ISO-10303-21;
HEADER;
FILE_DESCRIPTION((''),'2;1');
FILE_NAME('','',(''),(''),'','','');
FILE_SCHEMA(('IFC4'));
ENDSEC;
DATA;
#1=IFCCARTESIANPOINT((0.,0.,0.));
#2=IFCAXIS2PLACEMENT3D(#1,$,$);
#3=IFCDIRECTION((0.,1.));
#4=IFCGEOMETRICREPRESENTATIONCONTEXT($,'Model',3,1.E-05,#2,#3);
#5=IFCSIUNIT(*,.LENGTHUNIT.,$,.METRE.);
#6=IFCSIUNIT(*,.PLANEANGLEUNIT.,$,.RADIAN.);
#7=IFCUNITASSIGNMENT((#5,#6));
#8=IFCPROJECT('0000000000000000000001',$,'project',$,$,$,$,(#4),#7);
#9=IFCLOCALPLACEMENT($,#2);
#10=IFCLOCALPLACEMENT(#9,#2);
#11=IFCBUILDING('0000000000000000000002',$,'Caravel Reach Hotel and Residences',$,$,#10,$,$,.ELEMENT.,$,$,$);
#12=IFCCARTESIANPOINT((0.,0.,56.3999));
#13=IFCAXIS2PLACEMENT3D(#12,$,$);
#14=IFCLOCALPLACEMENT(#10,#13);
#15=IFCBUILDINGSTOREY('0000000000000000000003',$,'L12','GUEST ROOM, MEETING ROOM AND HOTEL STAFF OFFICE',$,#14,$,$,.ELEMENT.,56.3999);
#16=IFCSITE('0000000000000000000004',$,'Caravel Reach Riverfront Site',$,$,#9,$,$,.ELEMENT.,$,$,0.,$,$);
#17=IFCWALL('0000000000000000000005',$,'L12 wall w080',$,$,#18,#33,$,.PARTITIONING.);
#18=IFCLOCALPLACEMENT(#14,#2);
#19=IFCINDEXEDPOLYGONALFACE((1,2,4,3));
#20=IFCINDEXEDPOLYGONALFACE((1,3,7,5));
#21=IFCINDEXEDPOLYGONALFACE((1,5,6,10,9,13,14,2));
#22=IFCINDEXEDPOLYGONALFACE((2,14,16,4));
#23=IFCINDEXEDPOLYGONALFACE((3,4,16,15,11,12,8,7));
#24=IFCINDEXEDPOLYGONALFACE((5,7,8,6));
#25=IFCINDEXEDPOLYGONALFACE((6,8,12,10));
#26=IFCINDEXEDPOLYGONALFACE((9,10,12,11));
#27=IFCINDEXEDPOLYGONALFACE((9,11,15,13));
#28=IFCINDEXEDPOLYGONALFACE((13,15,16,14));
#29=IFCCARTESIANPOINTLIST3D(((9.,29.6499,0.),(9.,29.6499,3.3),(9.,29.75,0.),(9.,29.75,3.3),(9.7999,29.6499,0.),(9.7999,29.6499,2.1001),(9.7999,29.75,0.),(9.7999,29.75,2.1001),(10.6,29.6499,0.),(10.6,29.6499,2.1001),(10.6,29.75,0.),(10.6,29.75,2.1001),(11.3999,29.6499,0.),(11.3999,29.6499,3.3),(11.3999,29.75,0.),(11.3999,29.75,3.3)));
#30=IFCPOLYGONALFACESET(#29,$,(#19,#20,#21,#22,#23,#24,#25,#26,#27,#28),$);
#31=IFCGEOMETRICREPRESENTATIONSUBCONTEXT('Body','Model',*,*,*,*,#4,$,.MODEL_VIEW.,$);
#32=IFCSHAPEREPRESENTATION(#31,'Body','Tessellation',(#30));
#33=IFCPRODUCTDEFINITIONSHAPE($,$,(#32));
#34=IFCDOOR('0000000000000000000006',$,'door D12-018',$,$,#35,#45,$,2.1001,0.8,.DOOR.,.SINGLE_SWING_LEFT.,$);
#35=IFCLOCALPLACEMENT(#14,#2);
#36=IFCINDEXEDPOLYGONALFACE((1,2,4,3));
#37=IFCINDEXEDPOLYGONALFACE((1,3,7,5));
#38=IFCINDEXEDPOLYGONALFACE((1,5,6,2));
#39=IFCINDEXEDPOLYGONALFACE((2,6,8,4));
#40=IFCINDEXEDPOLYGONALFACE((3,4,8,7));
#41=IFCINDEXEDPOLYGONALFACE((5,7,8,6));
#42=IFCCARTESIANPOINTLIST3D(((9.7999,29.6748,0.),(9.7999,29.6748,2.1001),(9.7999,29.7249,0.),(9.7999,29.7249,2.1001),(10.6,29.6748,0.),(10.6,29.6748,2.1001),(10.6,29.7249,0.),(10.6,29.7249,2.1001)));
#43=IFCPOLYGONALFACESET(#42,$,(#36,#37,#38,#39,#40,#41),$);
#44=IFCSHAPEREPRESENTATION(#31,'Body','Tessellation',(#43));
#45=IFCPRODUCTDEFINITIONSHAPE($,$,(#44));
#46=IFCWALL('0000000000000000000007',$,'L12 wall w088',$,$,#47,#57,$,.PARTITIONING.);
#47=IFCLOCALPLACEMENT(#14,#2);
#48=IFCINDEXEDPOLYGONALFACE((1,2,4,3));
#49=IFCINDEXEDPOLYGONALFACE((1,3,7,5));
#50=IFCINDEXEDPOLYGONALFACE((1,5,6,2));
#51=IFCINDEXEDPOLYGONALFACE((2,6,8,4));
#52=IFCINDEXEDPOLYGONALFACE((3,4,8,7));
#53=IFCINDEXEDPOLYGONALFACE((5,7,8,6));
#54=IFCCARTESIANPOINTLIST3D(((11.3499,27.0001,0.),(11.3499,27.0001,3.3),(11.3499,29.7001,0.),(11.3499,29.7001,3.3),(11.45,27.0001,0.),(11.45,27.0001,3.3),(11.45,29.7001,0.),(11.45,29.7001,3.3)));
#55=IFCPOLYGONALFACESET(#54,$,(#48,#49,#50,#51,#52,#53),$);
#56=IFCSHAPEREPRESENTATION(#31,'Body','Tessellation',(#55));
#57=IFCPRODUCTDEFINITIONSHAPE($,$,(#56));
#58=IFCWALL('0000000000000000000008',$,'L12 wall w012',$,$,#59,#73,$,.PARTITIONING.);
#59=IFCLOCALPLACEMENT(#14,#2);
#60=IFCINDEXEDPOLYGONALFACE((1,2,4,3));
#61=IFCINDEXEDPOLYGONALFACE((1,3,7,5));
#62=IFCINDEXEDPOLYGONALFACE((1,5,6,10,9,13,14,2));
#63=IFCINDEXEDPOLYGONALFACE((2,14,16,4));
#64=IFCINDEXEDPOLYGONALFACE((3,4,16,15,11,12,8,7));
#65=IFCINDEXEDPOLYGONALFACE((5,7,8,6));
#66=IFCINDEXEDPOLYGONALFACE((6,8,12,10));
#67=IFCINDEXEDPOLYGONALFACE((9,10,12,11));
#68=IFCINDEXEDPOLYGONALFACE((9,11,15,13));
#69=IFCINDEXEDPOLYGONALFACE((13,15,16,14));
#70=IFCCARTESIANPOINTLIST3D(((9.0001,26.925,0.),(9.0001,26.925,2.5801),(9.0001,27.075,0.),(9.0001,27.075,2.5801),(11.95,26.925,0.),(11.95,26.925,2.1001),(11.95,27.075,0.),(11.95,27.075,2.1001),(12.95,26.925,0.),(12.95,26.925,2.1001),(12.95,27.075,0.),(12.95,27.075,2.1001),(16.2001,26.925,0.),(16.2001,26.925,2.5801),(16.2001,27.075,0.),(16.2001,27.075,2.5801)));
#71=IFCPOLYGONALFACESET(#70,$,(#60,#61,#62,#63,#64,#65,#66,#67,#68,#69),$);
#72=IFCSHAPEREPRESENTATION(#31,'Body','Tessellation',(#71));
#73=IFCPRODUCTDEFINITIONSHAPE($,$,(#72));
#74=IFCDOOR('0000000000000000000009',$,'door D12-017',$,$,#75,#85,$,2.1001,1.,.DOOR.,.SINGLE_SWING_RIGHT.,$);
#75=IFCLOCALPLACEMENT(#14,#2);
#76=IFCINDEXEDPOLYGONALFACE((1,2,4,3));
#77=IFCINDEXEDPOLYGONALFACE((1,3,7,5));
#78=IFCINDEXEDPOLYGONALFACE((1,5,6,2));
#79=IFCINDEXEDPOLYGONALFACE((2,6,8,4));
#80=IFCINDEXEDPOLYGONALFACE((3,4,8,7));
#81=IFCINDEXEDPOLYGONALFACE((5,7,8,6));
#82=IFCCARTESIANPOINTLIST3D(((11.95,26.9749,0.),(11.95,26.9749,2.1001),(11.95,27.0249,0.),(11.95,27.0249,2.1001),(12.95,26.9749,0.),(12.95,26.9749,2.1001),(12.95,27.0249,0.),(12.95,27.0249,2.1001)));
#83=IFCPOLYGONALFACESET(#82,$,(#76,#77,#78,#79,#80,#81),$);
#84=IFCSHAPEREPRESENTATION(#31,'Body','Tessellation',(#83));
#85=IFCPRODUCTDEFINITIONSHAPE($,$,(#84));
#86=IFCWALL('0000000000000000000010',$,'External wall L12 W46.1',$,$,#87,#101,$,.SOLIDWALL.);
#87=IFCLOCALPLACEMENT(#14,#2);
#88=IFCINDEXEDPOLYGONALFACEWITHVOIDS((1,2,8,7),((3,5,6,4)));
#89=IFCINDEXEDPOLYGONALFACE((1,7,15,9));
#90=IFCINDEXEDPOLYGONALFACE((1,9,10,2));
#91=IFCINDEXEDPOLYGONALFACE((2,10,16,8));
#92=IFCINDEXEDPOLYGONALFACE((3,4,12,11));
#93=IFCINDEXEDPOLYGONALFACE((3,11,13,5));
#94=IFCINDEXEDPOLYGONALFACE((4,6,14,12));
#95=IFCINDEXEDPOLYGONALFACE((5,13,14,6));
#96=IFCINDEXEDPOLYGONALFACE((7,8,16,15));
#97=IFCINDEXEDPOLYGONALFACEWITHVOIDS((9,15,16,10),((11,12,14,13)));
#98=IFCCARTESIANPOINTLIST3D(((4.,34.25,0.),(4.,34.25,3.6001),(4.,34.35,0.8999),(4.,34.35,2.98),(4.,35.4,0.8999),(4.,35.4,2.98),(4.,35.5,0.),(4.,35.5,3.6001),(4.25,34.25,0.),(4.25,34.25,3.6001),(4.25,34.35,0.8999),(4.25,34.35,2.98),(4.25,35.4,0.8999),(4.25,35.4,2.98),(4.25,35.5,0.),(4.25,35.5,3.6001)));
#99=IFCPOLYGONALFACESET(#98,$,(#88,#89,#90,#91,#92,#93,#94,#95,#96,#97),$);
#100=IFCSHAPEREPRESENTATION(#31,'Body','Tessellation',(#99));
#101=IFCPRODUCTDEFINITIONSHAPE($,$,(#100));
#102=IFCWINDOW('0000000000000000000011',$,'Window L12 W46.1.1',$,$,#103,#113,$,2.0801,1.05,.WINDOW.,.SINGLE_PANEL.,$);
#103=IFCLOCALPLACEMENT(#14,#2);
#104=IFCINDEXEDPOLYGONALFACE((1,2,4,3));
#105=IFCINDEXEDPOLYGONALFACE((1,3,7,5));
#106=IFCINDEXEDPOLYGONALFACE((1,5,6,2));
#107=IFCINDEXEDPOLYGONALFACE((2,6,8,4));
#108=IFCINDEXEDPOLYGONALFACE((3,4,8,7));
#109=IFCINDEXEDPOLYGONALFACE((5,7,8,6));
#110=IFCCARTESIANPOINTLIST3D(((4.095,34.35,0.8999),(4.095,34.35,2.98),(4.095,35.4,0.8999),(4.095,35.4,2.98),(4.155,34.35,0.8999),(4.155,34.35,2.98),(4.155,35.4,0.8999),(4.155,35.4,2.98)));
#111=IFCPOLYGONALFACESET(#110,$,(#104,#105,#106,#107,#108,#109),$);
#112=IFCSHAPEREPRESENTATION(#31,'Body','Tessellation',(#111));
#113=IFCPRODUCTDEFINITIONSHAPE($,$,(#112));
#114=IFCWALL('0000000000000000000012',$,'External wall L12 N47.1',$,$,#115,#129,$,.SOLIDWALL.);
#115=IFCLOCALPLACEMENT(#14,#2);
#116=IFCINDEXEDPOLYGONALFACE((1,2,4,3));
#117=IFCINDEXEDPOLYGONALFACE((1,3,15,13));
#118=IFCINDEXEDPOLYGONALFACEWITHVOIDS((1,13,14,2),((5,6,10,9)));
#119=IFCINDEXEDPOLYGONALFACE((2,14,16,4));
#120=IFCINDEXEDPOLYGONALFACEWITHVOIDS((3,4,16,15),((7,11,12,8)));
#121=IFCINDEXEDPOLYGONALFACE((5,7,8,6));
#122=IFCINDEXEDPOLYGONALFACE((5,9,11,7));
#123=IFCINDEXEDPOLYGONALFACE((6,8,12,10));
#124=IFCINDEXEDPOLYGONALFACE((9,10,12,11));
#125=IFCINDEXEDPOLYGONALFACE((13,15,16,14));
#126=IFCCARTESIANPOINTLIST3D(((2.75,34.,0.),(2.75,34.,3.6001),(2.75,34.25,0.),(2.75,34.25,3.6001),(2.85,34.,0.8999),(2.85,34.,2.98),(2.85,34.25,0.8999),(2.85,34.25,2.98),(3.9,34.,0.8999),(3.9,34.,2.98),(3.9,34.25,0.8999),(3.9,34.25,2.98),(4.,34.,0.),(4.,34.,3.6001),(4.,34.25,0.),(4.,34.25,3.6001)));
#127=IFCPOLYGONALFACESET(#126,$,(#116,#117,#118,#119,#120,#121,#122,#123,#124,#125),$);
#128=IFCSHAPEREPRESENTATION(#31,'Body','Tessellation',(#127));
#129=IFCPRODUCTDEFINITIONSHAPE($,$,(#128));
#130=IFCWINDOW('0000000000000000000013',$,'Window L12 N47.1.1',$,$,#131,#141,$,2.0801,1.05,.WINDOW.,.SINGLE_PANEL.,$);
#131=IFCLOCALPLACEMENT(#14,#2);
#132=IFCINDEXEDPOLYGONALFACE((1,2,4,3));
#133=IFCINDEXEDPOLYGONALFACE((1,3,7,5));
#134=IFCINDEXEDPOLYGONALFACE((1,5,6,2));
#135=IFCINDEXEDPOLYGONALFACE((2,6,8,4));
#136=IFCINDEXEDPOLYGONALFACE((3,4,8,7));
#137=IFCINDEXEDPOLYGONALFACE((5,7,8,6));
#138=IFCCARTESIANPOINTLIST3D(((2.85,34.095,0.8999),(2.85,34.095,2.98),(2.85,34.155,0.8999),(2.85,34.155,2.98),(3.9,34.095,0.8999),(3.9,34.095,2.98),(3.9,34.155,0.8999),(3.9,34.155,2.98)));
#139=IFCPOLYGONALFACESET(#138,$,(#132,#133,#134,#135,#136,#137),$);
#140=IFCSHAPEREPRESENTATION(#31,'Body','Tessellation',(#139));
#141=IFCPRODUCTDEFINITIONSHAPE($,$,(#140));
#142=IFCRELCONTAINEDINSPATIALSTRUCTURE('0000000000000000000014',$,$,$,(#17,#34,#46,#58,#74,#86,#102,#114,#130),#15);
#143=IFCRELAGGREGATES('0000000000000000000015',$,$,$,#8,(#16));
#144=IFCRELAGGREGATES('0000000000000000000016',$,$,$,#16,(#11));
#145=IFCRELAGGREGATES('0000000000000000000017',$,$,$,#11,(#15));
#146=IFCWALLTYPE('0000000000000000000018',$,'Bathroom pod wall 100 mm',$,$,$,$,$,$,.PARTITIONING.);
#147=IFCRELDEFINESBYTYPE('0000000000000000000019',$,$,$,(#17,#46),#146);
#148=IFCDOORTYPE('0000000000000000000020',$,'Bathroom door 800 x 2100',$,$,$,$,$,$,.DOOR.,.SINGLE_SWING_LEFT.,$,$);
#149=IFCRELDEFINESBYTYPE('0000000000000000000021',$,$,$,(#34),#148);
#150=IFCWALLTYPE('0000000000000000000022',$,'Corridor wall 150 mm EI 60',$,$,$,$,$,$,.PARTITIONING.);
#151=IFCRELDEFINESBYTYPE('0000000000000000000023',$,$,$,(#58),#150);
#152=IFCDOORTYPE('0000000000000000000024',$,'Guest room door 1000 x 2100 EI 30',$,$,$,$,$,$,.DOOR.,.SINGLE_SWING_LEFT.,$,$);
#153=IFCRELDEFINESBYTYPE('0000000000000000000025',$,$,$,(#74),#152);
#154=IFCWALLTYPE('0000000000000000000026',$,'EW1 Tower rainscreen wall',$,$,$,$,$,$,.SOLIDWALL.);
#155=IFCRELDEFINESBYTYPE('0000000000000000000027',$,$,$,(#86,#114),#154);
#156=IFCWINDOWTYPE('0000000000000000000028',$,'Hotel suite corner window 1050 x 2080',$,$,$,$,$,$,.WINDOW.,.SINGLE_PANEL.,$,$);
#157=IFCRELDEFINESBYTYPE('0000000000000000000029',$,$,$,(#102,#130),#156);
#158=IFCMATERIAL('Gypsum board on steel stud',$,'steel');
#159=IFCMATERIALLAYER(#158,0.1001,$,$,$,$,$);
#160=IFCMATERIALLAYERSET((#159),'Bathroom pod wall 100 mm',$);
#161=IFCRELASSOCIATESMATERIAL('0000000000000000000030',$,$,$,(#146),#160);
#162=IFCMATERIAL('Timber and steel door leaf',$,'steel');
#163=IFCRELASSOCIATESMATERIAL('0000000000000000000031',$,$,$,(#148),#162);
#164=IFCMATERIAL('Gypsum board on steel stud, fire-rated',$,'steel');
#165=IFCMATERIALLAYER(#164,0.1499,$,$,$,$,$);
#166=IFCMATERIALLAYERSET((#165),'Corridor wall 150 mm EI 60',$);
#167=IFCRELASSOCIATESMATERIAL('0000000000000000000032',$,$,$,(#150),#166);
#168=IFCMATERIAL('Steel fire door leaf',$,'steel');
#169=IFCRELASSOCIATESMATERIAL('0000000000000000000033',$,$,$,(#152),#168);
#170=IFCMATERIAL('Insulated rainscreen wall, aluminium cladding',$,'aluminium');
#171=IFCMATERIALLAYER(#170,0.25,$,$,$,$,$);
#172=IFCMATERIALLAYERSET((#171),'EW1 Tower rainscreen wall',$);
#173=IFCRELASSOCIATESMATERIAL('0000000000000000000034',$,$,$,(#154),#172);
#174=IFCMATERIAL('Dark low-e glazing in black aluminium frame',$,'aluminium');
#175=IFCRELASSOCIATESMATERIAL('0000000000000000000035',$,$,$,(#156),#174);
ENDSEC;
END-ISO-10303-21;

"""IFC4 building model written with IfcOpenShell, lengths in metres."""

from ifc_helpers import new_model, si_unit, direction, frame, frame_2d, origin, place, context, subcontext, project, spatial, rectangle, extrude, material, layer, layer_set, type_object, element, fill, save


model = new_model("IFC4")

# Units and contexts
model_context = context("Model", 3, precision=1e-05, world=origin(), true_north=direction((0.0, 1.0)))
body_context = subcontext(model_context, "Body", "Model", "MODEL_VIEW")
ifc_project = project(units=[si_unit("LENGTHUNIT", "METRE"), si_unit("PLANEANGLEUNIT", "RADIAN")], contexts=[model_context])

# Site, building, storey
site_placement = place(None, origin())
site = spatial("IfcSite", under=ifc_project, at=site_placement, Name="Caravel Reach Riverfront Site", CompositionType="ELEMENT", RefElevation=0.0)
building_placement = place(site_placement, origin())
building = spatial("IfcBuilding", under=site, at=building_placement, Name="Caravel Reach Hotel and Residences", CompositionType="ELEMENT")
storey_placement = place(building_placement, frame((0.0, 0.0, 56.3999)))
storey = spatial("IfcBuildingStorey", under=building, at=storey_placement, Name="L12", Description="GUEST ROOM, MEETING ROOM AND HOTEL STAFF OFFICE", CompositionType="ELEMENT", Elevation=56.3999)

# Wall, opening, door
ifc_material_1 = material(Name="Gypsum board on steel stud", Category="steel")
ifc_layer_1 = layer(ifc_material_1, 0.1001)
ifc_layer_set_1 = layer_set([ifc_layer_1], Name="Bathroom pod wall 100 mm")
wall_type_1 = type_object("IfcWallType", Name="Bathroom pod wall 100 mm", PredefinedType="PARTITIONING", material=ifc_layer_set_1)
wall_1_placement = place(storey_placement, frame((9.0, 29.7, 0.0), z_axis=(0.0, 0.0, 1.0), x_axis=(1.0, 0.0, 0.0)))
wall_1 = element("IfcWall", 1, at=wall_1_placement, inside=storey, type_object=wall_type_1, Name="L12 wall w080", PredefinedType="PARTITIONING", context=body_context, shape_type="SweptSolid", body=[
    extrude(rectangle(XDim=2.3999, YDim=0.1001, at=frame_2d((1.2, 0.0))), origin(), (0.0, 0.0, 1.0), 3.3),
])
opening_1_placement = place(wall_1_placement, frame((0.8, 0.0, 0.0)))
opening_1 = element("IfcOpeningElement", 2, at=opening_1_placement, cuts=wall_1, PredefinedType="OPENING", context=body_context, shape_type="SweptSolid", body=[
    extrude(rectangle(XDim=0.8, YDim=2.1001, at=frame_2d((0.3999, 1.05))), frame((0.0, 0.0601, 0.0), z_axis=(0.0, -1.0, 0.0), x_axis=(1.0, 0.0, 0.0)), (0.0, 0.0, 1.0), 0.1201),
])
ifc_material_2 = material(Name="Timber and steel door leaf", Category="steel")
door_type_1 = type_object("IfcDoorType", Name="Bathroom door 800 x 2100", OperationType="SINGLE_SWING_LEFT", PredefinedType="DOOR", material=ifc_material_2)
door_1_placement = place(opening_1_placement, origin())
door_1 = element("IfcDoor", 3, at=door_1_placement, inside=storey, type_object=door_type_1, Name="door D12-018", OperationType="SINGLE_SWING_LEFT", OverallHeight=2.1001, OverallWidth=0.8, PredefinedType="DOOR", context=body_context, shape_type="SweptSolid", body=[
    extrude(rectangle(XDim=0.8, YDim=2.1001, at=frame_2d((0.3999, 1.05))), frame((0.0, 0.0249, 0.0), z_axis=(0.0, -1.0, 0.0), x_axis=(1.0, 0.0, 0.0)), (0.0, 0.0, 1.0), 0.05),
])
fill(opening_1, door_1)

# Wall
wall_2_placement = place(storey_placement, frame((11.3999, 27.0, 0.0), z_axis=(0.0, 0.0, 1.0), x_axis=(0.0, 1.0, 0.0)))
element("IfcWall", 4, at=wall_2_placement, inside=storey, type_object=wall_type_1, Name="L12 wall w088", PredefinedType="PARTITIONING", context=body_context, shape_type="SweptSolid", body=[
    extrude(rectangle(XDim=2.7, YDim=0.1001, at=frame_2d((1.3501, 0.0))), origin(), (0.0, 0.0, 1.0), 3.3),
])

# Wall, opening, door
ifc_material_3 = material(Name="Gypsum board on steel stud, fire-rated", Category="steel")
ifc_layer_2 = layer(ifc_material_3, 0.1499)
ifc_layer_set_2 = layer_set([ifc_layer_2], Name="Corridor wall 150 mm EI 60")
wall_type_2 = type_object("IfcWallType", Name="Corridor wall 150 mm EI 60", PredefinedType="PARTITIONING", material=ifc_layer_set_2)
wall_3_placement = place(storey_placement, frame((9.0, 27.0, 0.0), z_axis=(0.0, 0.0, 1.0), x_axis=(1.0, 0.0, 0.0)))
wall_3 = element("IfcWall", 5, at=wall_3_placement, inside=storey, type_object=wall_type_2, Name="L12 wall w012", PredefinedType="PARTITIONING", context=body_context, shape_type="SweptSolid", body=[
    extrude(rectangle(XDim=7.2, YDim=0.1499, at=frame_2d((3.6001, 0.0))), origin(), (0.0, 0.0, 1.0), 2.5801),
])
opening_2_placement = place(wall_3_placement, frame((2.95, 0.0, 0.0)))
opening_2 = element("IfcOpeningElement", 6, at=opening_2_placement, cuts=wall_3, PredefinedType="OPENING", context=body_context, shape_type="SweptSolid", body=[
    extrude(rectangle(XDim=1.0, YDim=2.1001, at=frame_2d((0.5, 1.05))), frame((0.0, 0.085, 0.0), z_axis=(0.0, -1.0, 0.0), x_axis=(1.0, 0.0, 0.0)), (0.0, 0.0, 1.0), 0.1699),
])
ifc_material_4 = material(Name="Steel fire door leaf", Category="steel")
door_type_2 = type_object("IfcDoorType", Name="Guest room door 1000 x 2100 EI 30", OperationType="SINGLE_SWING_LEFT", PredefinedType="DOOR", material=ifc_material_4)
door_2_placement = place(opening_2_placement, origin())
door_2 = element("IfcDoor", 7, at=door_2_placement, inside=storey, type_object=door_type_2, Name="door D12-017", OperationType="SINGLE_SWING_RIGHT", OverallHeight=2.1001, OverallWidth=1.0, PredefinedType="DOOR", context=body_context, shape_type="SweptSolid", body=[
    extrude(rectangle(XDim=1.0, YDim=2.1001, at=frame_2d((0.5, 1.05))), frame((0.0, 0.0249, 0.0), z_axis=(0.0, -1.0, 0.0), x_axis=(1.0, 0.0, 0.0)), (0.0, 0.0, 1.0), 0.05),
])
fill(opening_2, door_2)

# Walls, openings, windows
ifc_material_5 = material(Name="Insulated rainscreen wall, aluminium cladding", Category="aluminium")
ifc_layer_3 = layer(ifc_material_5, 0.25)
ifc_layer_set_3 = layer_set([ifc_layer_3], Name="EW1 Tower rainscreen wall")
wall_type_3 = type_object("IfcWallType", Name="EW1 Tower rainscreen wall", PredefinedType="SOLIDWALL", material=ifc_layer_set_3)
wall_4_placement = place(storey_placement, frame((4.125, 35.5, 0.0), z_axis=(0.0, 0.0, 1.0), x_axis=(0.0, -1.0, 0.0)))
wall_4 = element("IfcWall", 8, at=wall_4_placement, inside=storey, type_object=wall_type_3, Name="External wall L12 W46.1", PredefinedType="SOLIDWALL", context=body_context, shape_type="SweptSolid", body=[
    extrude(rectangle(XDim=1.25, YDim=0.25, at=frame_2d((0.625, 0.0))), origin(), (0.0, 0.0, 1.0), 3.6001),
])
opening_3_placement = place(wall_4_placement, frame((0.1001, 0.0, 0.8999)))
opening_3 = element("IfcOpeningElement", 9, at=opening_3_placement, cuts=wall_4, PredefinedType="OPENING", context=body_context, shape_type="SweptSolid", body=[
    extrude(rectangle(XDim=1.05, YDim=2.0801, at=frame_2d((0.5249, 1.04))), frame((0.0, 0.135, 0.0), z_axis=(0.0, -1.0, 0.0), x_axis=(1.0, 0.0, 0.0)), (0.0, 0.0, 1.0), 0.27),
])
ifc_material_6 = material(Name="Dark low-e glazing in black aluminium frame", Category="aluminium")
window_type_1 = type_object("IfcWindowType", Name="Hotel suite corner window 1050 x 2080", PartitioningType="SINGLE_PANEL", PredefinedType="WINDOW", material=ifc_material_6)
window_1_placement = place(opening_3_placement, origin())
window_1 = element("IfcWindow", 10, at=window_1_placement, inside=storey, type_object=window_type_1, Name="Window L12 W46.1.1", OverallHeight=2.0801, OverallWidth=1.05, PartitioningType="SINGLE_PANEL", PredefinedType="WINDOW", context=body_context, shape_type="SweptSolid", body=[
    extrude(rectangle(XDim=1.05, YDim=2.0801, at=frame_2d((0.5249, 1.04))), frame((0.0, 0.03, 0.0), z_axis=(0.0, -1.0, 0.0), x_axis=(1.0, 0.0, 0.0)), (0.0, 0.0, 1.0), 0.0601),
])
fill(opening_3, window_1)
wall_5_placement = place(storey_placement, frame((4.0, 34.125, 0.0), z_axis=(0.0, 0.0, 1.0), x_axis=(-1.0, 0.0, 0.0)))
wall_5 = element("IfcWall", 11, at=wall_5_placement, inside=storey, type_object=wall_type_3, Name="External wall L12 N47.1", PredefinedType="SOLIDWALL", context=body_context, shape_type="SweptSolid", body=[
    extrude(rectangle(XDim=1.25, YDim=0.25, at=frame_2d((0.625, 0.0))), origin(), (0.0, 0.0, 1.0), 3.6001),
])
opening_4_placement = place(wall_5_placement, frame((0.1001, 0.0, 0.8999)))
opening_4 = element("IfcOpeningElement", 12, at=opening_4_placement, cuts=wall_5, PredefinedType="OPENING", context=body_context, shape_type="SweptSolid", body=[
    extrude(rectangle(XDim=1.05, YDim=2.0801, at=frame_2d((0.5249, 1.04))), frame((0.0, 0.135, 0.0), z_axis=(0.0, -1.0, 0.0), x_axis=(1.0, 0.0, 0.0)), (0.0, 0.0, 1.0), 0.27),
])
window_2_placement = place(opening_4_placement, origin())
window_2 = element("IfcWindow", 13, at=window_2_placement, inside=storey, type_object=window_type_1, Name="Window L12 N47.1.1", OverallHeight=2.0801, OverallWidth=1.05, PartitioningType="SINGLE_PANEL", PredefinedType="WINDOW", context=body_context, shape_type="SweptSolid", body=[
    extrude(rectangle(XDim=1.05, YDim=2.0801, at=frame_2d((0.5249, 1.04))), frame((0.0, 0.03, 0.0), z_axis=(0.0, -1.0, 0.0), x_axis=(1.0, 0.0, 0.0)), (0.0, 0.0, 1.0), 0.0601),
])
fill(opening_4, window_2)

save(model, "model.ifc")
